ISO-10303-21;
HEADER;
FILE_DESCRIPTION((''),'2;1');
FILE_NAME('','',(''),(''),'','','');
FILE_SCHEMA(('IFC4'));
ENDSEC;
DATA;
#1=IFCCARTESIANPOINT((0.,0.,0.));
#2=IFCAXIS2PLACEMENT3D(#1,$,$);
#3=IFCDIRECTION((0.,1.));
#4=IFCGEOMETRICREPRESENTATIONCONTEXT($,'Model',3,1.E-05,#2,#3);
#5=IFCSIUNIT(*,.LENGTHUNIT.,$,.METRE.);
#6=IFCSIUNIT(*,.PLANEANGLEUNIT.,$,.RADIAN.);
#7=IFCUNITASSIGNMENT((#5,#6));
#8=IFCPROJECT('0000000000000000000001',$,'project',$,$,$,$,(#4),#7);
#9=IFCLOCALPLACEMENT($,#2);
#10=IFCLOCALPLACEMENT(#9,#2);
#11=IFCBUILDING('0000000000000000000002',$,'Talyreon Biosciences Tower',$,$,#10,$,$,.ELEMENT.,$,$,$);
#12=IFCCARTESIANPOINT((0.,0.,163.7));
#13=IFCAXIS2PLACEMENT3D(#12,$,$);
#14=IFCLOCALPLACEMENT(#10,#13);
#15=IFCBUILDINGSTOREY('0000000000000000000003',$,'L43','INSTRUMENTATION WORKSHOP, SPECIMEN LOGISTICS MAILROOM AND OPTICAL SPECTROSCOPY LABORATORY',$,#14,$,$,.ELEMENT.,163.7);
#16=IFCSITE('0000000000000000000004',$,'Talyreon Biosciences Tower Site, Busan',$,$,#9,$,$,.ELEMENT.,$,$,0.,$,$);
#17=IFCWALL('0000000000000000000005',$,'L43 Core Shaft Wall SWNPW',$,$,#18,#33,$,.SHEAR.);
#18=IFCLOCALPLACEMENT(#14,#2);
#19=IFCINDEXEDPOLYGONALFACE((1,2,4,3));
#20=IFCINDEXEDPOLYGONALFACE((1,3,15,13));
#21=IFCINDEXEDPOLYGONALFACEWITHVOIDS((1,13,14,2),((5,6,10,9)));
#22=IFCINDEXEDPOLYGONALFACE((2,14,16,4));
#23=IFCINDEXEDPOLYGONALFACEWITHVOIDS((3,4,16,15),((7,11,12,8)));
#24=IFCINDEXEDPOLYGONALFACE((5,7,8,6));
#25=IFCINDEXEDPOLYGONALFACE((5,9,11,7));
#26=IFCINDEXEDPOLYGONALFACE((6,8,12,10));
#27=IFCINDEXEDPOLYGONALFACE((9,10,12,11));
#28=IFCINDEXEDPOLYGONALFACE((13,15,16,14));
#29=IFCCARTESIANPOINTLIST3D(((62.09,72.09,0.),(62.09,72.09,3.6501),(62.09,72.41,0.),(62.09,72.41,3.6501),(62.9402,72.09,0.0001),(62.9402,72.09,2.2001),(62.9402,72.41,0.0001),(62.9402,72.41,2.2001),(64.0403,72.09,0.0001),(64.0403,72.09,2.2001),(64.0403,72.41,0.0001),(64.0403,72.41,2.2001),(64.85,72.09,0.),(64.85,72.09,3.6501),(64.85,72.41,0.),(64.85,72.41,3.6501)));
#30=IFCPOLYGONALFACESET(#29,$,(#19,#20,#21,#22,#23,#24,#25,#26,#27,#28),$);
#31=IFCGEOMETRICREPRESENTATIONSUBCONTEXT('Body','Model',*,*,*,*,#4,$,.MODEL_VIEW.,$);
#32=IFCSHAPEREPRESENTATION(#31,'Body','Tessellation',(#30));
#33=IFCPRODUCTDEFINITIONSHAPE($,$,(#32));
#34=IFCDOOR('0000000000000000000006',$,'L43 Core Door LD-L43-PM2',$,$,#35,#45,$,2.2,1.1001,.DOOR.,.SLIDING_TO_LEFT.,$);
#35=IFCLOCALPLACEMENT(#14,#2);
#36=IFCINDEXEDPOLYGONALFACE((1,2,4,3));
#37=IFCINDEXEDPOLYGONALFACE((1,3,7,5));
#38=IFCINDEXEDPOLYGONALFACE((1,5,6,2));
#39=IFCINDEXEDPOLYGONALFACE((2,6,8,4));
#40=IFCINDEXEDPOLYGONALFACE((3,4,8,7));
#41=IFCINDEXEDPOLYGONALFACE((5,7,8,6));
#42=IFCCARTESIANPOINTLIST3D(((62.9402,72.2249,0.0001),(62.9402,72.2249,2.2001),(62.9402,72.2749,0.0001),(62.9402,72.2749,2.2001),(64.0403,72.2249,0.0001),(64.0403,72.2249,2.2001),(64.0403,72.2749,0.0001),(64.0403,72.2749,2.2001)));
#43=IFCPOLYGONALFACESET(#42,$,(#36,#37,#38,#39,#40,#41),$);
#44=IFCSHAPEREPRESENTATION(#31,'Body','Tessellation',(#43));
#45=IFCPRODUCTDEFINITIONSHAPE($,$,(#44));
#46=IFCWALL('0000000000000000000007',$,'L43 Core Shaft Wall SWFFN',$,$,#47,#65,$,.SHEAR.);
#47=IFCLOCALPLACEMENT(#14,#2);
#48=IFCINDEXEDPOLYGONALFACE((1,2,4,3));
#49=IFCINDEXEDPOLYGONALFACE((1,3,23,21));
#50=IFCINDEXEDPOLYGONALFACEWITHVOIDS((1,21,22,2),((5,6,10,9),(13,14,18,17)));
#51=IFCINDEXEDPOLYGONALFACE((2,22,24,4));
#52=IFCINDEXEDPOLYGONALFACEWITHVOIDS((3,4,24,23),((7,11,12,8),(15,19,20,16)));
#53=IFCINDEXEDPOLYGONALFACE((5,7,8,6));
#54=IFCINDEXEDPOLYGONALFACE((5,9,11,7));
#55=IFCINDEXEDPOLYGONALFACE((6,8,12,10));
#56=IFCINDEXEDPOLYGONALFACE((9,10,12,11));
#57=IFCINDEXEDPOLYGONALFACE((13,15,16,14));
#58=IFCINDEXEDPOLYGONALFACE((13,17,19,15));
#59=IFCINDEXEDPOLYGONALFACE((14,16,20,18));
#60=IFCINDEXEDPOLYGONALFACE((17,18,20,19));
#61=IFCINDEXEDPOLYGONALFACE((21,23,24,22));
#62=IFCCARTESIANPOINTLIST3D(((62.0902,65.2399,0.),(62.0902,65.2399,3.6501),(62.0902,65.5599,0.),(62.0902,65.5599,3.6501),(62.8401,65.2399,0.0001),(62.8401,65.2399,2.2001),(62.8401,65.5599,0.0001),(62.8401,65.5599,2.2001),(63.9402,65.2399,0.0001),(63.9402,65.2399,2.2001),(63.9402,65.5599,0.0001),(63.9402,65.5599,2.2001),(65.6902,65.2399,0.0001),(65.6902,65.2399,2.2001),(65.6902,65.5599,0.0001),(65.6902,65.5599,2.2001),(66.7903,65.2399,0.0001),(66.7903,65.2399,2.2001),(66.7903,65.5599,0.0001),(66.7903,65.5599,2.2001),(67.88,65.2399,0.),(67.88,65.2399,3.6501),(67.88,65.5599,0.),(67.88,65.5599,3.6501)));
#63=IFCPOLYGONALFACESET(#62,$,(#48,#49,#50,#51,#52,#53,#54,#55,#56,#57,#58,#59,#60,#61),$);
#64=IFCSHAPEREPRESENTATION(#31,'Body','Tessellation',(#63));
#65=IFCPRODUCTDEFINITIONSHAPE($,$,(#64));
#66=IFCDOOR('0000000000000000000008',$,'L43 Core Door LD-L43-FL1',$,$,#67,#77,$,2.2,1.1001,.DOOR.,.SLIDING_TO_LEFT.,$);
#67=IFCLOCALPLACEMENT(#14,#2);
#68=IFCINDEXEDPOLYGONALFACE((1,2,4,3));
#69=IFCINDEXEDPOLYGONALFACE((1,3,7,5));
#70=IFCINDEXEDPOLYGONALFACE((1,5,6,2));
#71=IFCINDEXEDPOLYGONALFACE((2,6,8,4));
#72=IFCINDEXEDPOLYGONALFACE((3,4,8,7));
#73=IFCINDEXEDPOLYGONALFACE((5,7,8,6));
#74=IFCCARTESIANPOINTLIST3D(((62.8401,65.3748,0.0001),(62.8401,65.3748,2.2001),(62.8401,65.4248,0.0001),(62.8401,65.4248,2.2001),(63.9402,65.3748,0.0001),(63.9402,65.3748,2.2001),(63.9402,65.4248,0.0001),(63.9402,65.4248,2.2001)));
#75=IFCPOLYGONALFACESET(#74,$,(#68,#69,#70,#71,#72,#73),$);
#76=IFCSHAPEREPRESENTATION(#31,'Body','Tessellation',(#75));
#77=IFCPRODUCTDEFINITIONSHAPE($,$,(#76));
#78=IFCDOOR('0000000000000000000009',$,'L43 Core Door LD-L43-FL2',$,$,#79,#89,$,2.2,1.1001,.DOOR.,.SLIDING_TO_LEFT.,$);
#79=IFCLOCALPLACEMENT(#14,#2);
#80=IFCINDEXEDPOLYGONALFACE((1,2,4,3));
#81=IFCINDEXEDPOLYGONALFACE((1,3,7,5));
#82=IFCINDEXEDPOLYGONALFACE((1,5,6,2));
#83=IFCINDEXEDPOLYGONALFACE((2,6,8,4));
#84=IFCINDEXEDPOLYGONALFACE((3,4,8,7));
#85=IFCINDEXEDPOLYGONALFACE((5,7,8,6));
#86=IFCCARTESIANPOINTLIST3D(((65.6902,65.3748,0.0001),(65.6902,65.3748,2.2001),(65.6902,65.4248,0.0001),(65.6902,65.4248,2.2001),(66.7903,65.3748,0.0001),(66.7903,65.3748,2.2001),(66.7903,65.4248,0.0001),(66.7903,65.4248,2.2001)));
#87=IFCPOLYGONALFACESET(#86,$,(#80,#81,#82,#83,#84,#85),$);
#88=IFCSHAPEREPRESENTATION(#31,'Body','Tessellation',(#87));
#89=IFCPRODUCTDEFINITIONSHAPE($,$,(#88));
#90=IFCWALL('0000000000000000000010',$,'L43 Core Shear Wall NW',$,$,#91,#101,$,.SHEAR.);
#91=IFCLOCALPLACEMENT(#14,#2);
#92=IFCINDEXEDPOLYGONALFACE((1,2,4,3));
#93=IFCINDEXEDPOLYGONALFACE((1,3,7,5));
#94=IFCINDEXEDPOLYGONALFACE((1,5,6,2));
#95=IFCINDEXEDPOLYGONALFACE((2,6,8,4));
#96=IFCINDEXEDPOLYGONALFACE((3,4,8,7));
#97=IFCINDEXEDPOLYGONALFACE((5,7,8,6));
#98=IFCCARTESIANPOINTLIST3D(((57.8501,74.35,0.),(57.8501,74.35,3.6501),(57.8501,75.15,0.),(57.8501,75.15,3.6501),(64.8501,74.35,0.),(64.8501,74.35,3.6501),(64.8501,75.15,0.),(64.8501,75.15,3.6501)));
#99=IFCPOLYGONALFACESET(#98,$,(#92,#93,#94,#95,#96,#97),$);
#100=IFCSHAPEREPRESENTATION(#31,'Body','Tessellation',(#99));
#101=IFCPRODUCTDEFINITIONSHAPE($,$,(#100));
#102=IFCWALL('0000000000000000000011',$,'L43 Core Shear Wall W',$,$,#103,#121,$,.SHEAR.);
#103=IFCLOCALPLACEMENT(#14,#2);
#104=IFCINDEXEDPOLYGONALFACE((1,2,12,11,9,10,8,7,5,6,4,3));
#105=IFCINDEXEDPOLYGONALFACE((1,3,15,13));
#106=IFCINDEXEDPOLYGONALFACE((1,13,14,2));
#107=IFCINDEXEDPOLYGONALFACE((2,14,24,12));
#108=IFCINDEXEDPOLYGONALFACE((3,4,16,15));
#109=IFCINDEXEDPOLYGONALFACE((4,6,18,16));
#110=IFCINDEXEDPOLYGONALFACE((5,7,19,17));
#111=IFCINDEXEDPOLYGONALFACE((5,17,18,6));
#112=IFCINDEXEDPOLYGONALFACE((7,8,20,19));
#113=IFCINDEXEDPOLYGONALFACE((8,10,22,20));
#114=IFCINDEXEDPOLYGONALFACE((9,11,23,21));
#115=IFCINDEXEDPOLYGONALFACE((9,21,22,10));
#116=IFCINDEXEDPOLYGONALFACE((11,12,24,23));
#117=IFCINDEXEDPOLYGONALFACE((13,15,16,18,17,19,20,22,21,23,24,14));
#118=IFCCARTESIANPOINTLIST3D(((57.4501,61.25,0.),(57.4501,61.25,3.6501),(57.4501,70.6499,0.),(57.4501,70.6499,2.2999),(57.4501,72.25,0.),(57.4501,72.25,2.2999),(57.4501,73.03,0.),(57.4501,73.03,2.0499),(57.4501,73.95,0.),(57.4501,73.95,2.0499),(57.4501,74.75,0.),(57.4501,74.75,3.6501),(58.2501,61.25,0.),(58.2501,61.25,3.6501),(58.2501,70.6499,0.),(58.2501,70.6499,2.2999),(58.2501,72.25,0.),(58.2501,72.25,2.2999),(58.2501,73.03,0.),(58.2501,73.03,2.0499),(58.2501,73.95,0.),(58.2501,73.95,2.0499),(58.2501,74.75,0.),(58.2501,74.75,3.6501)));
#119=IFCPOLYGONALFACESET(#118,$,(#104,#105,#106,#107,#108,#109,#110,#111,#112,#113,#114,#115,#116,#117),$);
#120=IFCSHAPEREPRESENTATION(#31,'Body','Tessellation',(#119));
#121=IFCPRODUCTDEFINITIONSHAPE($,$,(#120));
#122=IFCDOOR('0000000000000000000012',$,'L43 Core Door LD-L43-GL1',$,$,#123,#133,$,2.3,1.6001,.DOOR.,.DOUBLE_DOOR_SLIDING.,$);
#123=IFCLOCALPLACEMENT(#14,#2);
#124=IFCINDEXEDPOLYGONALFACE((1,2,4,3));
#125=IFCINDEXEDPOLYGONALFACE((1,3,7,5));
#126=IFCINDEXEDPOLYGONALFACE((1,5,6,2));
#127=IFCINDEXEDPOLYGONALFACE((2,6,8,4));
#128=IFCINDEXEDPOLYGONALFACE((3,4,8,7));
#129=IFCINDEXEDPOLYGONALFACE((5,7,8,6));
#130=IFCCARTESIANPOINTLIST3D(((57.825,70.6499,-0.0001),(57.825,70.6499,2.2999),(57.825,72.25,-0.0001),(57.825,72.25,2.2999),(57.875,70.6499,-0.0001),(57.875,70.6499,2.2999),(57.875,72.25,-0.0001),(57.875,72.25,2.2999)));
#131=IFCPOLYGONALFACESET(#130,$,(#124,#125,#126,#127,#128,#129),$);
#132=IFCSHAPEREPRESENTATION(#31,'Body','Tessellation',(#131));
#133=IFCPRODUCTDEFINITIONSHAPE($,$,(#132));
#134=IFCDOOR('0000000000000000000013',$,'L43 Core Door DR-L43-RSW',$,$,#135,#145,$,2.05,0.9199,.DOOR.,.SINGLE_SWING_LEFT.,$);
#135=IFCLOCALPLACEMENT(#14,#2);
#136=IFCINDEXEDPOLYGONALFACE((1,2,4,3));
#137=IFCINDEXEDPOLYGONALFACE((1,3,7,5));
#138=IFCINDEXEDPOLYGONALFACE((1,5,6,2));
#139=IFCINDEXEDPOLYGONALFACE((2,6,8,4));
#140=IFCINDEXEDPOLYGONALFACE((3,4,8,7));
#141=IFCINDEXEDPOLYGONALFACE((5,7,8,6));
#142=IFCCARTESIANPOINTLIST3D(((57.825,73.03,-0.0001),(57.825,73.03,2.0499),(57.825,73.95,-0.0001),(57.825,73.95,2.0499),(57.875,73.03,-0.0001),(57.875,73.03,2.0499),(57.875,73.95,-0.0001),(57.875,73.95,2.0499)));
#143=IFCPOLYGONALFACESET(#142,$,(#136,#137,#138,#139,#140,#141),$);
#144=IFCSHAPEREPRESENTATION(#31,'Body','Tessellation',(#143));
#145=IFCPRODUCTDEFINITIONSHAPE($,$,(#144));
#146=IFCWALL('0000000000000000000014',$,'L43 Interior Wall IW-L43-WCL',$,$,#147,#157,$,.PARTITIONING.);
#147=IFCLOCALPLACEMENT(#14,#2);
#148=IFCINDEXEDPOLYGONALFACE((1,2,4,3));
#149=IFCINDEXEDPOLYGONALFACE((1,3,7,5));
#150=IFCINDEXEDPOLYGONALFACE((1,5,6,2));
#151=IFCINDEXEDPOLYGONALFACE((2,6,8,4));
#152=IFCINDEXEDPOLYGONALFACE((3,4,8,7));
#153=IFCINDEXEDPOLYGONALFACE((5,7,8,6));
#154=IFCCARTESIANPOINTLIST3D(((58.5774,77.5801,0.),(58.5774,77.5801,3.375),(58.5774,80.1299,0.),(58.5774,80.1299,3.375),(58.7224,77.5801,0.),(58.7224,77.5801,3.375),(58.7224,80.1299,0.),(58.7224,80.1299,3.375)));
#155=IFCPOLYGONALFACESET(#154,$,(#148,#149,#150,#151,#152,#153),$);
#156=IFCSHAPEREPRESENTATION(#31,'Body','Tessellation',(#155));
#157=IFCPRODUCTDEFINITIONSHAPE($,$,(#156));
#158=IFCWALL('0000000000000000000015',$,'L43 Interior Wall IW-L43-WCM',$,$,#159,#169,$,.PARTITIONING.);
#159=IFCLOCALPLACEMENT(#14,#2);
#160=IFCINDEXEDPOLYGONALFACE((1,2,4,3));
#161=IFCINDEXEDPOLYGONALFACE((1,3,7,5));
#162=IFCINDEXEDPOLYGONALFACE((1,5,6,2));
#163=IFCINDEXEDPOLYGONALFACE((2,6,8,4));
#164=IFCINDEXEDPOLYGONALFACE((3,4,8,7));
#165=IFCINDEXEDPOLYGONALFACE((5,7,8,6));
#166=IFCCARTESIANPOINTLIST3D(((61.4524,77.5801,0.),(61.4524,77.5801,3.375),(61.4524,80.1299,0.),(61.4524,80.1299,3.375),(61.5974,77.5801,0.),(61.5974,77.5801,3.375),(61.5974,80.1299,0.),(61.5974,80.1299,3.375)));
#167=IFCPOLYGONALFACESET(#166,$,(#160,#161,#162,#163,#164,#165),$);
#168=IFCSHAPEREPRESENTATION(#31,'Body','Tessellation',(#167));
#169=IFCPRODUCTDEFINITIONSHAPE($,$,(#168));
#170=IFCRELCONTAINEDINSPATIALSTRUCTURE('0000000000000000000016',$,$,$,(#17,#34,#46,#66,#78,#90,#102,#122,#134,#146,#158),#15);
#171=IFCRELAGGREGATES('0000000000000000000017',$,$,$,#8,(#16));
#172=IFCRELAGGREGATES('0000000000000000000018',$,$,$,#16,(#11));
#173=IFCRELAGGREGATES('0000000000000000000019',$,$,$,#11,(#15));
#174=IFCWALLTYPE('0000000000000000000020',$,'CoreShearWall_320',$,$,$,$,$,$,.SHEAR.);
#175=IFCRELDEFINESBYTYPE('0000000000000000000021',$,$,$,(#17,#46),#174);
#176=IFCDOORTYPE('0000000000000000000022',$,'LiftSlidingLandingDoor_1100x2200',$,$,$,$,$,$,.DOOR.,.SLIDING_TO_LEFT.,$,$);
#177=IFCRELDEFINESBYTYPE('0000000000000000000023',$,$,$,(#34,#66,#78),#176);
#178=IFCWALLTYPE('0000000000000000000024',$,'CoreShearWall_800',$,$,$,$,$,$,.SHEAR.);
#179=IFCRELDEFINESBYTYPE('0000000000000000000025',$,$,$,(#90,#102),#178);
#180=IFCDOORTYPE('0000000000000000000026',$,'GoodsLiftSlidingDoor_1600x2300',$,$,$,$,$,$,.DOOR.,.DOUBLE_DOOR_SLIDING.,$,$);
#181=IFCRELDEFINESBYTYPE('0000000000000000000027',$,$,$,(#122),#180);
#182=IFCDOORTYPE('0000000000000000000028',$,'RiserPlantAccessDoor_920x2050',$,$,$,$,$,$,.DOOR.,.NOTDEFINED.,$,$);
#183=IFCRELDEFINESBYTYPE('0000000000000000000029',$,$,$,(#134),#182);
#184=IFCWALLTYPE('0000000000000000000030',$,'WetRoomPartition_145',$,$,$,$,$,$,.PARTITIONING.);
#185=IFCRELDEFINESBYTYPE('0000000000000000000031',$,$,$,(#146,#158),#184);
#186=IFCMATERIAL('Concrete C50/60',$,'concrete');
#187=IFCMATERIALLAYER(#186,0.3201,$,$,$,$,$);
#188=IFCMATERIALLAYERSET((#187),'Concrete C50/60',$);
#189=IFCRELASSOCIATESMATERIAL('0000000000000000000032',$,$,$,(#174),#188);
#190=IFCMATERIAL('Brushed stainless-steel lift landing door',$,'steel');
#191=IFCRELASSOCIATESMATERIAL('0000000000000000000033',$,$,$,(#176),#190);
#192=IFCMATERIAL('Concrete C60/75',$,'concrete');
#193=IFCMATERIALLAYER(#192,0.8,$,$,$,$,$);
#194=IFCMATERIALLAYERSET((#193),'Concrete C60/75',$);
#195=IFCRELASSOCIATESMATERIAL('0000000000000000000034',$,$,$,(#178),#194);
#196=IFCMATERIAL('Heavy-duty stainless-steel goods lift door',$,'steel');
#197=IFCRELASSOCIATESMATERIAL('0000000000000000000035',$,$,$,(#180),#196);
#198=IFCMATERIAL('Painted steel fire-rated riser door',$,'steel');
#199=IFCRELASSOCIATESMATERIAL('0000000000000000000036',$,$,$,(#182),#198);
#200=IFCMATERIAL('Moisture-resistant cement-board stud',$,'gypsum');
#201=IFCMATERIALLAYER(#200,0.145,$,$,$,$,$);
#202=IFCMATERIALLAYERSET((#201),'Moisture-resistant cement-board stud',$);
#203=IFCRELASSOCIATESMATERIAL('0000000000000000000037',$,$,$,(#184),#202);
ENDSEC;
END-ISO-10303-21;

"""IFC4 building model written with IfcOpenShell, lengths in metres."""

from ifc_helpers import new_model, si_unit, direction, frame, frame_2d, origin, place, context, subcontext, project, spatial, rectangle, extrude, material, layer, layer_set, type_object, element, fill, save


model = new_model("IFC4")

# Units and contexts
model_context = context("Model", 3, precision=1e-05, world=origin(), true_north=direction((0.0, 1.0)))
body_context = subcontext(model_context, "Body", "Model", "MODEL_VIEW")
ifc_project = project(units=[si_unit("LENGTHUNIT", "METRE"), si_unit("PLANEANGLEUNIT", "RADIAN")], contexts=[model_context])

# Site, building, storey
site_placement = place(None, origin())
site = spatial("IfcSite", under=ifc_project, at=site_placement, Name="Talyreon Biosciences Tower Site, Busan", CompositionType="ELEMENT", RefElevation=0.0)
building_placement = place(site_placement, origin())
building = spatial("IfcBuilding", under=site, at=building_placement, Name="Talyreon Biosciences Tower", CompositionType="ELEMENT")
storey_placement = place(building_placement, frame((0.0, 0.0, 163.7)))
storey = spatial("IfcBuildingStorey", under=building, at=storey_placement, Name="L43", Description="INSTRUMENTATION WORKSHOP, SPECIMEN LOGISTICS MAILROOM AND OPTICAL SPECTROSCOPY LABORATORY", CompositionType="ELEMENT", Elevation=163.7)

# Shared definitions
ifc_material_1 = material(Name="Concrete C50/60", Category="concrete")

# Shared definitions
ifc_material_2 = material(Name="Concrete C60/75", Category="concrete")

# Shared definitions
ifc_layer_1 = layer(ifc_material_1, 0.3201)
ifc_layer_set_1 = layer_set([ifc_layer_1], Name="Concrete C50/60")
wall_type_1 = type_object("IfcWallType", Name="CoreShearWall_320", PredefinedType="SHEAR", material=ifc_layer_set_1)

# Shared definitions
ifc_material_3 = material(Name="Brushed stainless-steel lift landing door", Category="steel")
door_type_1 = type_object("IfcDoorType", Name="LiftSlidingLandingDoor_1100x2200", OperationType="SLIDING_TO_LEFT", PredefinedType="DOOR", material=ifc_material_3)

# Wall, opening, door
wall_1_placement = place(storey_placement, frame((62.0901, 72.25, 0.0), z_axis=(0.0, 0.0, 1.0), x_axis=(1.0, 0.0, 0.0)))
wall_1 = element("IfcWall", 1, at=wall_1_placement, inside=storey, type_object=wall_type_1, Name="L43 Core Shaft Wall SWNPW", PredefinedType="SHEAR", context=body_context, shape_type="SweptSolid", body=[
    extrude(rectangle(XDim=2.76, YDim=0.3201, at=frame_2d((1.3799, 0.0))), origin(), (0.0, 0.0, 1.0), 3.6501),
])
opening_1_placement = place(wall_1_placement, frame((0.8501, 0.0, 0.0)))
opening_1 = element("IfcOpeningElement", 2, at=opening_1_placement, cuts=wall_1, PredefinedType="OPENING", context=body_context, shape_type="SweptSolid", body=[
    extrude(rectangle(XDim=1.1001, YDim=2.2, at=frame_2d((0.55, 1.1001))), frame((0.0, 0.1699, 0.0), z_axis=(0.0, -1.0, 0.0), x_axis=(1.0, 0.0, 0.0)), (0.0, 0.0, 1.0), 0.3401),
])
door_1_placement = place(opening_1_placement, origin())
door_1 = element("IfcDoor", 3, at=door_1_placement, inside=storey, type_object=door_type_1, Name="L43 Core Door LD-L43-PM2", OperationType="SLIDING_TO_LEFT", OverallHeight=2.2, OverallWidth=1.1001, PredefinedType="DOOR", context=body_context, shape_type="SweptSolid", body=[
    extrude(rectangle(XDim=1.1001, YDim=2.2, at=frame_2d((0.55, 1.1001))), frame((0.0, 0.0249, 0.0), z_axis=(0.0, -1.0, 0.0), x_axis=(1.0, 0.0, 0.0)), (0.0, 0.0, 1.0), 0.05),
])
fill(opening_1, door_1)

# Wall, openings, doors
wall_2_placement = place(storey_placement, frame((62.0901, 65.3999, 0.0), z_axis=(0.0, 0.0, 1.0), x_axis=(1.0, 0.0, 0.0)))
wall_2 = element("IfcWall", 4, at=wall_2_placement, inside=storey, type_object=wall_type_1, Name="L43 Core Shaft Wall SWFFN", PredefinedType="SHEAR", context=body_context, shape_type="SweptSolid", body=[
    extrude(rectangle(XDim=5.7898, YDim=0.3201, at=frame_2d((2.895, 0.0))), origin(), (0.0, 0.0, 1.0), 3.6501),
])
opening_2_placement = place(wall_2_placement, frame((0.75, 0.0, 0.0)))
opening_2 = element("IfcOpeningElement", 5, at=opening_2_placement, cuts=wall_2, PredefinedType="OPENING", context=body_context, shape_type="SweptSolid", body=[
    extrude(rectangle(XDim=1.1001, YDim=2.2, at=frame_2d((0.55, 1.1001))), frame((0.0, 0.1699, 0.0), z_axis=(0.0, -1.0, 0.0), x_axis=(1.0, 0.0, 0.0)), (0.0, 0.0, 1.0), 0.3401),
])
opening_3_placement = place(wall_2_placement, frame((3.6001, 0.0, 0.0)))
opening_3 = element("IfcOpeningElement", 6, at=opening_3_placement, cuts=wall_2, PredefinedType="OPENING", context=body_context, shape_type="SweptSolid", body=[
    extrude(rectangle(XDim=1.1001, YDim=2.2, at=frame_2d((0.55, 1.1001))), frame((0.0, 0.1699, 0.0), z_axis=(0.0, -1.0, 0.0), x_axis=(1.0, 0.0, 0.0)), (0.0, 0.0, 1.0), 0.3401),
])
door_2_placement = place(opening_2_placement, origin())
door_2 = element("IfcDoor", 7, at=door_2_placement, inside=storey, type_object=door_type_1, Name="L43 Core Door LD-L43-FL1", OperationType="SLIDING_TO_LEFT", OverallHeight=2.2, OverallWidth=1.1001, PredefinedType="DOOR", context=body_context, shape_type="SweptSolid", body=[
    extrude(rectangle(XDim=1.1001, YDim=2.2, at=frame_2d((0.55, 1.1001))), frame((0.0, 0.0249, 0.0), z_axis=(0.0, -1.0, 0.0), x_axis=(1.0, 0.0, 0.0)), (0.0, 0.0, 1.0), 0.05),
])
fill(opening_2, door_2)
door_3_placement = place(opening_3_placement, origin())
door_3 = element("IfcDoor", 8, at=door_3_placement, inside=storey, type_object=door_type_1, Name="L43 Core Door LD-L43-FL2", OperationType="SLIDING_TO_LEFT", OverallHeight=2.2, OverallWidth=1.1001, PredefinedType="DOOR", context=body_context, shape_type="SweptSolid", body=[
    extrude(rectangle(XDim=1.1001, YDim=2.2, at=frame_2d((0.55, 1.1001))), frame((0.0, 0.0249, 0.0), z_axis=(0.0, -1.0, 0.0), x_axis=(1.0, 0.0, 0.0)), (0.0, 0.0, 1.0), 0.05),
])
fill(opening_3, door_3)

# Wall
ifc_layer_2 = layer(ifc_material_2, 0.8)
ifc_layer_set_2 = layer_set([ifc_layer_2], Name="Concrete C60/75")
wall_type_2 = type_object("IfcWallType", Name="CoreShearWall_800", PredefinedType="SHEAR", material=ifc_layer_set_2)
wall_3_placement = place(storey_placement, frame((64.8501, 74.75, 0.0), z_axis=(0.0, 0.0, 1.0), x_axis=(-1.0, 0.0, 0.0)))
element("IfcWall", 9, at=wall_3_placement, inside=storey, type_object=wall_type_2, Name="L43 Core Shear Wall NW", PredefinedType="SHEAR", context=body_context, shape_type="SweptSolid", body=[
    extrude(rectangle(XDim=7.0, YDim=0.8, at=frame_2d((3.5, 0.0))), origin(), (0.0, 0.0, 1.0), 3.6501),
])

# Wall, openings, doors
wall_4_placement = place(storey_placement, frame((57.8501, 74.75, 0.0), z_axis=(0.0, 0.0, 1.0), x_axis=(0.0, -1.0, 0.0)))
wall_4 = element("IfcWall", 10, at=wall_4_placement, inside=storey, type_object=wall_type_2, Name="L43 Core Shear Wall W", PredefinedType="SHEAR", context=body_context, shape_type="SweptSolid", body=[
    extrude(rectangle(XDim=13.5, YDim=0.8, at=frame_2d((6.75, 0.0))), origin(), (0.0, 0.0, 1.0), 3.6501),
])
opening_4_placement = place(wall_4_placement, frame((0.8, 0.0, 0.0)))
opening_4 = element("IfcOpeningElement", 11, at=opening_4_placement, cuts=wall_4, PredefinedType="OPENING", context=body_context, shape_type="SweptSolid", body=[
    extrude(rectangle(XDim=0.9199, YDim=2.05, at=frame_2d((0.46, 1.0249))), frame((0.0, 0.4099, 0.0), z_axis=(0.0, -1.0, 0.0), x_axis=(1.0, 0.0, 0.0)), (0.0, 0.0, 1.0), 0.8201),
])
opening_5_placement = place(wall_4_placement, frame((2.5, 0.0, 0.0)))
opening_5 = element("IfcOpeningElement", 12, at=opening_5_placement, cuts=wall_4, PredefinedType="OPENING", context=body_context, shape_type="SweptSolid", body=[
    extrude(rectangle(XDim=1.6001, YDim=2.3, at=frame_2d((0.8, 1.1499))), frame((0.0, 0.4099, 0.0), z_axis=(0.0, -1.0, 0.0), x_axis=(1.0, 0.0, 0.0)), (0.0, 0.0, 1.0), 0.8201),
])
ifc_material_4 = material(Name="Heavy-duty stainless-steel goods lift door", Category="steel")
door_type_2 = type_object("IfcDoorType", Name="GoodsLiftSlidingDoor_1600x2300", OperationType="DOUBLE_DOOR_SLIDING", PredefinedType="DOOR", material=ifc_material_4)
door_4_placement = place(opening_5_placement, origin())
door_4 = element("IfcDoor", 13, at=door_4_placement, inside=storey, type_object=door_type_2, Name="L43 Core Door LD-L43-GL1", OperationType="DOUBLE_DOOR_SLIDING", OverallHeight=2.3, OverallWidth=1.6001, PredefinedType="DOOR", context=body_context, shape_type="SweptSolid", body=[
    extrude(rectangle(XDim=1.6001, YDim=2.3, at=frame_2d((0.8, 1.1499))), frame((0.0, 0.0249, 0.0), z_axis=(0.0, -1.0, 0.0), x_axis=(1.0, 0.0, 0.0)), (0.0, 0.0, 1.0), 0.05),
])
fill(opening_5, door_4)
ifc_material_5 = material(Name="Painted steel fire-rated riser door", Category="steel")
door_type_3 = type_object("IfcDoorType", Name="RiserPlantAccessDoor_920x2050", OperationType="NOTDEFINED", PredefinedType="DOOR", material=ifc_material_5)
door_5_placement = place(opening_4_placement, origin())
door_5 = element("IfcDoor", 14, at=door_5_placement, inside=storey, type_object=door_type_3, Name="L43 Core Door DR-L43-RSW", OperationType="SINGLE_SWING_LEFT", OverallHeight=2.05, OverallWidth=0.9199, PredefinedType="DOOR", context=body_context, shape_type="SweptSolid", body=[
    extrude(rectangle(XDim=0.9199, YDim=2.05, at=frame_2d((0.46, 1.0249))), frame((0.0, 0.0249, 0.0), z_axis=(0.0, -1.0, 0.0), x_axis=(1.0, 0.0, 0.0)), (0.0, 0.0, 1.0), 0.05),
])
fill(opening_4, door_5)

# Walls
ifc_material_6 = material(Name="Moisture-resistant cement-board stud", Category="gypsum")
ifc_layer_3 = layer(ifc_material_6, 0.145)
ifc_layer_set_3 = layer_set([ifc_layer_3], Name="Moisture-resistant cement-board stud")
wall_type_3 = type_object("IfcWallType", Name="WetRoomPartition_145", PredefinedType="PARTITIONING", material=ifc_layer_set_3)
for number, where, z_axis, x_axis, name in (
    (15, (58.6499, 77.5801, 0.0), (0.0, 0.0, 1.0), (0.0, 1.0, 0.0), "L43 Interior Wall IW-L43-WCL"),
    (16, (61.5249, 77.5801, 0.0), (0.0, 0.0, 1.0), (0.0, 1.0, 0.0), "L43 Interior Wall IW-L43-WCM"),
):
    element("IfcWall", number, at=place(storey_placement, frame(where, z_axis=z_axis, x_axis=x_axis)), inside=storey, type_object=wall_type_3, Name=name, PredefinedType="PARTITIONING", context=body_context, shape_type="SweptSolid", body=[
        extrude(rectangle(XDim=2.5498, YDim=0.145, at=frame_2d((1.2749, 0.0))), origin(), (0.0, 0.0, 1.0), 3.375),
    ])

save(model, "model.ifc")
